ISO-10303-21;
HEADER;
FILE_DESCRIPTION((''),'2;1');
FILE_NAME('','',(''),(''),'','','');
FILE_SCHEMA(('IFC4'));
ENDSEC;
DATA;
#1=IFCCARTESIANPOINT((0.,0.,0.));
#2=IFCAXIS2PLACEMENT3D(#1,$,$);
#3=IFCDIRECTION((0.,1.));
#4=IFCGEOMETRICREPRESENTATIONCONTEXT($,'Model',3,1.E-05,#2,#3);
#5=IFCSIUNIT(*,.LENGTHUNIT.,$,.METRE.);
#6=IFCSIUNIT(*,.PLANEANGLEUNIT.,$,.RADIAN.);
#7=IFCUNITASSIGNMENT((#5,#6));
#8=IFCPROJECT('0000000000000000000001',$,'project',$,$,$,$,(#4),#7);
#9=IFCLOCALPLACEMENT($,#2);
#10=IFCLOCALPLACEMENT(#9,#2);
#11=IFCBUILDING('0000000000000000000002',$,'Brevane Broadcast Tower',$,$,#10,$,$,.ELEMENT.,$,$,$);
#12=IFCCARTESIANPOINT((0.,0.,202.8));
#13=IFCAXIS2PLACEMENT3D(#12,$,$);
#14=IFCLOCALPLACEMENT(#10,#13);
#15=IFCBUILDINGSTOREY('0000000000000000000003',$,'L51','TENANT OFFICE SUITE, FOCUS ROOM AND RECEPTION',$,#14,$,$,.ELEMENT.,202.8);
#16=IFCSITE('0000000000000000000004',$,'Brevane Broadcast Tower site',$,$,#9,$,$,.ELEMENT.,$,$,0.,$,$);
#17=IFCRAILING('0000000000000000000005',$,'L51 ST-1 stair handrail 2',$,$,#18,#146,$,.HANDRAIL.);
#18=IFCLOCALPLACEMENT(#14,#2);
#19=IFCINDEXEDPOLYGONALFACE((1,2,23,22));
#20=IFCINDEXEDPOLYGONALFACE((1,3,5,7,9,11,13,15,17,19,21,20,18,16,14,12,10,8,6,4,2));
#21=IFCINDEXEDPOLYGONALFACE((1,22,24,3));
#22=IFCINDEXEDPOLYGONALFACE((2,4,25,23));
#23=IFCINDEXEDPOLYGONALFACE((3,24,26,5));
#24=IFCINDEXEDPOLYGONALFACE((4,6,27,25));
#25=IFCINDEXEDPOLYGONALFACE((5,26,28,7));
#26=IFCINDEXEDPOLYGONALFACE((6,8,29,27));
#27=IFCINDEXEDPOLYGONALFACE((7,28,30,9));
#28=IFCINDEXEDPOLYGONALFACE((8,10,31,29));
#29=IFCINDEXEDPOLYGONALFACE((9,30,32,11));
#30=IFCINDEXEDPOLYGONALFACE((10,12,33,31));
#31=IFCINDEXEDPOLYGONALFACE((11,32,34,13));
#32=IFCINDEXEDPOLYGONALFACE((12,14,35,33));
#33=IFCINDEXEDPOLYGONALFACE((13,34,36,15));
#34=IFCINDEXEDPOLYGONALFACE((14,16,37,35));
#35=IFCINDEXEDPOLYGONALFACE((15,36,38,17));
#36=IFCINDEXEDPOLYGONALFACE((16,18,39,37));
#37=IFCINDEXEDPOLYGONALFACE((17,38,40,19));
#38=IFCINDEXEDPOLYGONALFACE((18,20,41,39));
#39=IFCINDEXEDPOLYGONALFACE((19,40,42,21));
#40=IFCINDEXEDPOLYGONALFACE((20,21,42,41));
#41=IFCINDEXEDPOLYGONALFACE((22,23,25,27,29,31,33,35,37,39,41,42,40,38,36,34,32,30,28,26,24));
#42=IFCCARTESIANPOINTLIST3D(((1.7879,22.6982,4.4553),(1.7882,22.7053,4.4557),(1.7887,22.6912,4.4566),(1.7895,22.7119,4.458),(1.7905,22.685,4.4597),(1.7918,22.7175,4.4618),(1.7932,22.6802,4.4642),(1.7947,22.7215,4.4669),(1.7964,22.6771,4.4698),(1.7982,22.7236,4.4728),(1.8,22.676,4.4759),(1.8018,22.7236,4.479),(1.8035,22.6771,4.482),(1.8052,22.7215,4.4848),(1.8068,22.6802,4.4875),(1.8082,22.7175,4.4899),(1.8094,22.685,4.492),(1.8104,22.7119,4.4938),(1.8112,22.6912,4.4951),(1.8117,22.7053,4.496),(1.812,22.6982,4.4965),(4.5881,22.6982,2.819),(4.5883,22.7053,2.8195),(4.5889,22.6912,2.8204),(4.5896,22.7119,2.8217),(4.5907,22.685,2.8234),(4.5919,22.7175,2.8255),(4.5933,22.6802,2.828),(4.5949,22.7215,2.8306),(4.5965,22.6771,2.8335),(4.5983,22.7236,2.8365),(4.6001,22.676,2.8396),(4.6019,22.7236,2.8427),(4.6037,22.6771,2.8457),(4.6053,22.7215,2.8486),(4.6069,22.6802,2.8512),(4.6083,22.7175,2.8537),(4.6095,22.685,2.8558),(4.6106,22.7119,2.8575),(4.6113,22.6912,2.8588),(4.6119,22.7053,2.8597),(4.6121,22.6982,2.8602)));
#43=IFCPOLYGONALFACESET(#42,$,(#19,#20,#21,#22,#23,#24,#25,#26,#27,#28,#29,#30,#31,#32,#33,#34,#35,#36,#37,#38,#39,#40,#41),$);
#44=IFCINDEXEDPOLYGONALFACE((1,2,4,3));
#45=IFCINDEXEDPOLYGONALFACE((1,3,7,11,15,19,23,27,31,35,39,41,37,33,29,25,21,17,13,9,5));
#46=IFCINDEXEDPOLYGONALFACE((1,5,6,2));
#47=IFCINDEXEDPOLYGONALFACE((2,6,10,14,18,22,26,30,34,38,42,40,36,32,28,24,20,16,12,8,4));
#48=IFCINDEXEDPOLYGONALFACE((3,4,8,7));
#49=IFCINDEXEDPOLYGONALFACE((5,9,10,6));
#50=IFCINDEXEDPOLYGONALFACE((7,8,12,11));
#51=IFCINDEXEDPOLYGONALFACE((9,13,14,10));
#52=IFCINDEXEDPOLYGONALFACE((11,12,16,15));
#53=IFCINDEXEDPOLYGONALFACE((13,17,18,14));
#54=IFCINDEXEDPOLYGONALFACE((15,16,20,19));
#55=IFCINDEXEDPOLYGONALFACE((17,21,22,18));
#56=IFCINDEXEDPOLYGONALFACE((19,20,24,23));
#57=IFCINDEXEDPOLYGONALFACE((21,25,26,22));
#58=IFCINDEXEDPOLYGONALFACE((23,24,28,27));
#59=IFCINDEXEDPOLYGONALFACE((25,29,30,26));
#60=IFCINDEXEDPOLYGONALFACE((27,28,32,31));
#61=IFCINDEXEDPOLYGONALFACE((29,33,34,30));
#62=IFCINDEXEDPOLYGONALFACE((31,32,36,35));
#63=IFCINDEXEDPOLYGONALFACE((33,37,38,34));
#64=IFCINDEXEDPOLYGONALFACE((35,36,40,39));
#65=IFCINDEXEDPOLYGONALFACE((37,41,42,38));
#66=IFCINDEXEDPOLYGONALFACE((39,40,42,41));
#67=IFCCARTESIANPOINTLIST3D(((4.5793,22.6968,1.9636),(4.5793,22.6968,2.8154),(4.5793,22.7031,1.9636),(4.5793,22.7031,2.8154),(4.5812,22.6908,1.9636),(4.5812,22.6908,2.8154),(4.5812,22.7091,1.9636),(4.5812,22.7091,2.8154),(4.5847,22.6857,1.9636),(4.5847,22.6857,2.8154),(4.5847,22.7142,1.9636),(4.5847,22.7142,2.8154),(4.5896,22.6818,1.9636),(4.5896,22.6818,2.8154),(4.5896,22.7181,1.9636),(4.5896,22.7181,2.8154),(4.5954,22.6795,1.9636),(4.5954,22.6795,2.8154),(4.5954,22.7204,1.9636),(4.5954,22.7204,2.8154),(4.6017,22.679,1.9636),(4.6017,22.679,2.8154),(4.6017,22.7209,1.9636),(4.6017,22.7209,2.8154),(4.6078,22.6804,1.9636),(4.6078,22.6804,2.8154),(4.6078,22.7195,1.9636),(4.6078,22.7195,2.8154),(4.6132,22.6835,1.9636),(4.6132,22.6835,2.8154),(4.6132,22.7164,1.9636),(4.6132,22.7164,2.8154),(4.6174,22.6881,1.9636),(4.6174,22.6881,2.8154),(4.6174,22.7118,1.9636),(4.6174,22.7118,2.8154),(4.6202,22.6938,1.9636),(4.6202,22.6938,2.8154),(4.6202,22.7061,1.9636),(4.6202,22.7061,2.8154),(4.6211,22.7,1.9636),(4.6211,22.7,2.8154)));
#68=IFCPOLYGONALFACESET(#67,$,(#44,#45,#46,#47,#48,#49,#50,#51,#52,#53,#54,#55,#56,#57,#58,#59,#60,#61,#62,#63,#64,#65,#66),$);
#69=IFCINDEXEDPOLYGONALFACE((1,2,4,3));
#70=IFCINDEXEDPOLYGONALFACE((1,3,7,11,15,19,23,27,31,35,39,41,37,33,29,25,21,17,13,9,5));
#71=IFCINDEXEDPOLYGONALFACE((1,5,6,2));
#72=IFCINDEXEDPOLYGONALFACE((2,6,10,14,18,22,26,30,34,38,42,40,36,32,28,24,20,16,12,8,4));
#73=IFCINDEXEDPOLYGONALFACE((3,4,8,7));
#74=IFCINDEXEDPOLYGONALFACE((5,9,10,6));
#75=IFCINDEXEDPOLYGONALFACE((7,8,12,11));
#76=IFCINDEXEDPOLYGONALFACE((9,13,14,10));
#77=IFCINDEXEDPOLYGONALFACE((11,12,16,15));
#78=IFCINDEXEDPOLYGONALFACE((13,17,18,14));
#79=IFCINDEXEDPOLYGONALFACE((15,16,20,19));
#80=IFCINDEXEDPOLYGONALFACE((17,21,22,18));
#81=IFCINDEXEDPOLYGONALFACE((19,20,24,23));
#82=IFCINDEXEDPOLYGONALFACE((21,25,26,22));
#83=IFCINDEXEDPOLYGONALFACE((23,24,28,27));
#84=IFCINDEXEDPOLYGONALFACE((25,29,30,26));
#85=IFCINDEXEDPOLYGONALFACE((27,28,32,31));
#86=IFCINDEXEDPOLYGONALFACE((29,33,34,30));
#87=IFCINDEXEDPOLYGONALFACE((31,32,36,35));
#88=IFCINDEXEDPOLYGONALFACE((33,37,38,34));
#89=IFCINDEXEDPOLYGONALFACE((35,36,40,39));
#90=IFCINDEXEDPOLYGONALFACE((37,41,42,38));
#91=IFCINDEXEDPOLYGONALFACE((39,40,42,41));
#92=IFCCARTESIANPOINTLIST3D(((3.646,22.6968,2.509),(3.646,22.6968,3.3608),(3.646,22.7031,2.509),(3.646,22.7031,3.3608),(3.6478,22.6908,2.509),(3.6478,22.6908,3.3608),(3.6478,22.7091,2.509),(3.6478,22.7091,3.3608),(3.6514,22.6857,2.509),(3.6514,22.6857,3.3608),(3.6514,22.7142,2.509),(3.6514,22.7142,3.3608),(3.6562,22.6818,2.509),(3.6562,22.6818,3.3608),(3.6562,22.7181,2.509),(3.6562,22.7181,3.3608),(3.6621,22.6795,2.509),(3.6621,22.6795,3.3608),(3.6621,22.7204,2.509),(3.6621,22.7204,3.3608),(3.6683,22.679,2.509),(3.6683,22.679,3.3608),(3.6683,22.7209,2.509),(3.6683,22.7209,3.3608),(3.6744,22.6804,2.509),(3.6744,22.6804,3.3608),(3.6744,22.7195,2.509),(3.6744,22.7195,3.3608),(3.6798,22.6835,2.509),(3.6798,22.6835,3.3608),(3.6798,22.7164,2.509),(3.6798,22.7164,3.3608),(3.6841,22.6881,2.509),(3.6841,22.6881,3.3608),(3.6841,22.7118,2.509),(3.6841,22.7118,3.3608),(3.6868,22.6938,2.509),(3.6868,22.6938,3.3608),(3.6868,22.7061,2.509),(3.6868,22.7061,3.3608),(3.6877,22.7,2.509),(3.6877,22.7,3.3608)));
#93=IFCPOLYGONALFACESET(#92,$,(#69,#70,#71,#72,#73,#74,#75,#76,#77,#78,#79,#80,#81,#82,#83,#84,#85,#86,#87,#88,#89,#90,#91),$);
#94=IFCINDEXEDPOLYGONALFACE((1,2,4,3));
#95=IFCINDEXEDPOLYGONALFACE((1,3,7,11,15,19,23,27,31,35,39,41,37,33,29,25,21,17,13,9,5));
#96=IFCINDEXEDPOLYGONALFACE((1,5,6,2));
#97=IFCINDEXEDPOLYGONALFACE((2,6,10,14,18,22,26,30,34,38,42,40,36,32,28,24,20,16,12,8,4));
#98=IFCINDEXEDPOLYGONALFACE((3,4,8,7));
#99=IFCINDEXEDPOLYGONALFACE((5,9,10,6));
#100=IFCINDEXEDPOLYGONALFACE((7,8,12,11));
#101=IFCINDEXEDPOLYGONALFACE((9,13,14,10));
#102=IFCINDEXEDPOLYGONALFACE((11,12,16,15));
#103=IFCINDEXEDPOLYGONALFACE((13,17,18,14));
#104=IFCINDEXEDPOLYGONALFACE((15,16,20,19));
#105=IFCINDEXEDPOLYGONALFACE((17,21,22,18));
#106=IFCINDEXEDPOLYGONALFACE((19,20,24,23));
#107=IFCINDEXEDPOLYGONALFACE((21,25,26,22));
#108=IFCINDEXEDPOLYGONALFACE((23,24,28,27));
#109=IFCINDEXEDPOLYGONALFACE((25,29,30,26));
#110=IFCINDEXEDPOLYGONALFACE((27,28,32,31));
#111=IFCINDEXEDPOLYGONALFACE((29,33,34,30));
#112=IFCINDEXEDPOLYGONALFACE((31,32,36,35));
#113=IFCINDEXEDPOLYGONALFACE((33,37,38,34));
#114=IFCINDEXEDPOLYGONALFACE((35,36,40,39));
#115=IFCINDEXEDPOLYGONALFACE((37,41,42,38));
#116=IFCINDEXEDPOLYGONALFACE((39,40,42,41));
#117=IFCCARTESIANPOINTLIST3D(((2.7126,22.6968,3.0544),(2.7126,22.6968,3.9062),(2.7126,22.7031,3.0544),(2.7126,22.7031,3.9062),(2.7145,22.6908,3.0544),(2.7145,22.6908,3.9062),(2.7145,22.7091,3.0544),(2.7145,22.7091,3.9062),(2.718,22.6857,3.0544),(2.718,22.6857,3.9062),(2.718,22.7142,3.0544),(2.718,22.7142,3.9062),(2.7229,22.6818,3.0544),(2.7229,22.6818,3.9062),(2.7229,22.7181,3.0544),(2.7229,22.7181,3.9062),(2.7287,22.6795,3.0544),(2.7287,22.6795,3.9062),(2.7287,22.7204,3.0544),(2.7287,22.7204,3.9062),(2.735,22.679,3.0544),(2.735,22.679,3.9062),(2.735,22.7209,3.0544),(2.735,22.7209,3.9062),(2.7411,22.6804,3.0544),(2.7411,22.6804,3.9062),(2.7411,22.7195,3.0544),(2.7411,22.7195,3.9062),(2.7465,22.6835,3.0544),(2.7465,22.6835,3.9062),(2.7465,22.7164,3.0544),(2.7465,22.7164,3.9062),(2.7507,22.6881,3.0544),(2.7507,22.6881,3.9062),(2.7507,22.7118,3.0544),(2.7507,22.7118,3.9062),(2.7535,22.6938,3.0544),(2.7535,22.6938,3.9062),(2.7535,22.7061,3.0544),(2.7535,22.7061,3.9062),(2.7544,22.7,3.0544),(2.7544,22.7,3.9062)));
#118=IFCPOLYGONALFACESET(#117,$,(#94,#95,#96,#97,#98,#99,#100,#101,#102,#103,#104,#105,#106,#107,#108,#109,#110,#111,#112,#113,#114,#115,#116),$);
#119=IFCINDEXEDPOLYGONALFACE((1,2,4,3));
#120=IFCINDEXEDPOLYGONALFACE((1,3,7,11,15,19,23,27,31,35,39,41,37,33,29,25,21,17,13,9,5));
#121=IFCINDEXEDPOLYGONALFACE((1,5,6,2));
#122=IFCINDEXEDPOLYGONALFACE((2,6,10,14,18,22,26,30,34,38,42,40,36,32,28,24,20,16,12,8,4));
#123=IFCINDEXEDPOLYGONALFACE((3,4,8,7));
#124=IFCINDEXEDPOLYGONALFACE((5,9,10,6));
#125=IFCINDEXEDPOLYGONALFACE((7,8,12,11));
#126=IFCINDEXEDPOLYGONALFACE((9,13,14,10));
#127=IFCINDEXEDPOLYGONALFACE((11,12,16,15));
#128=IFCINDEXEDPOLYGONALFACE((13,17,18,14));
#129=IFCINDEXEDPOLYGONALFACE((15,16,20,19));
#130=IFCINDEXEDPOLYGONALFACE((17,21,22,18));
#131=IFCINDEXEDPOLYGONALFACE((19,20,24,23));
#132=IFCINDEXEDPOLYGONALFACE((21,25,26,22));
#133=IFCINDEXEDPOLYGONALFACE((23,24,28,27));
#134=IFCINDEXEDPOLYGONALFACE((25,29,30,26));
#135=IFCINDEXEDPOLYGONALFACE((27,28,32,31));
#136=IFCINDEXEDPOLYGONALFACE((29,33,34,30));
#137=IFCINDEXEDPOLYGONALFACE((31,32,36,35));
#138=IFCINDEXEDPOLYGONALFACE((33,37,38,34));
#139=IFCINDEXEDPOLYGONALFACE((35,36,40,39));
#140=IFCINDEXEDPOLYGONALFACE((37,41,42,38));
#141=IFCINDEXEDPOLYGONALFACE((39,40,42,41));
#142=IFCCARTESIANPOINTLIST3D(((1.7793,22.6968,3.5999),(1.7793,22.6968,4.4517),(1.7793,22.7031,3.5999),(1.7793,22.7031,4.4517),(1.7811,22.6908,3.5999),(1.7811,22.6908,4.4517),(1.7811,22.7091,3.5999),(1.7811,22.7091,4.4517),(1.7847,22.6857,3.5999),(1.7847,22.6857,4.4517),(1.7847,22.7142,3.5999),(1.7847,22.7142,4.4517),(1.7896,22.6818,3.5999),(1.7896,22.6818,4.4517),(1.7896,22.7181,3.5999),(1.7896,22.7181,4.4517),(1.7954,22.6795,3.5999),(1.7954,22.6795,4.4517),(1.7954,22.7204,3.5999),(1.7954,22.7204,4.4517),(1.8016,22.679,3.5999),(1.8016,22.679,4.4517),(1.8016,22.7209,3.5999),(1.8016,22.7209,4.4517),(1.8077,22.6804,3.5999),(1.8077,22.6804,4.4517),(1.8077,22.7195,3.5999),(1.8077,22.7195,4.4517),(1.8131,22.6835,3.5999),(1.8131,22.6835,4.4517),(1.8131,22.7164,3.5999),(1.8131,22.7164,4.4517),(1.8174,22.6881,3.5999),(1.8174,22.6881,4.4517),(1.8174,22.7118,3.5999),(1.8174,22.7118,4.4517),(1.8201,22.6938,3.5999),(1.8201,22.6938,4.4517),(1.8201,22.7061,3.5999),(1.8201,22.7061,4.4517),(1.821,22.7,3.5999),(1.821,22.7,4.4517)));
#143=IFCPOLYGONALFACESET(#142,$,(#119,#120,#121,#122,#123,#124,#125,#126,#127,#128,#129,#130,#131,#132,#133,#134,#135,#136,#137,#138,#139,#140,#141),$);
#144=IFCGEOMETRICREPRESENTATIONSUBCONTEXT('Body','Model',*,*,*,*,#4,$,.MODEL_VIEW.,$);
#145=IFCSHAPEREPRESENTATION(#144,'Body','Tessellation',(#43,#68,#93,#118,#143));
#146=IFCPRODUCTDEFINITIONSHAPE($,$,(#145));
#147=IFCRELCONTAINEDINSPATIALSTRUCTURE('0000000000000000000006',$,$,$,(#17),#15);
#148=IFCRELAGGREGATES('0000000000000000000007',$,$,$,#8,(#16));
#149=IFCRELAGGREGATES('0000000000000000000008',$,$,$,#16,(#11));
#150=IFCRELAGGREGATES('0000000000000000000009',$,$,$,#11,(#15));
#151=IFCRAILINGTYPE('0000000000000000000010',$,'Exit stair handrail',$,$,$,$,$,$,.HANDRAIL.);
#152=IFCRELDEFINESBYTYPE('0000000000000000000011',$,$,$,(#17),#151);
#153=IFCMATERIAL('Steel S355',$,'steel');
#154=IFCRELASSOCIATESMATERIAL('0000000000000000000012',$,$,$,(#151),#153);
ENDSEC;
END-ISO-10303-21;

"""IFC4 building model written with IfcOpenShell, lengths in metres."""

from ifc_helpers import new_model, si_unit, direction, frame, origin, origin_2d, place, context, subcontext, project, spatial, circle, extrude, material, type_object, element, save


model = new_model("IFC4")

# Units and contexts
model_context = context("Model", 3, precision=1e-05, world=origin(), true_north=direction((0.0, 1.0)))
body_context = subcontext(model_context, "Body", "Model", "MODEL_VIEW")
ifc_project = project(units=[si_unit("LENGTHUNIT", "METRE"), si_unit("PLANEANGLEUNIT", "RADIAN")], contexts=[model_context])

# Site, building, storey
site_placement = place(None, origin())
site = spatial("IfcSite", under=ifc_project, at=site_placement, Name="Brevane Broadcast Tower site", CompositionType="ELEMENT", RefElevation=0.0)
building_placement = place(site_placement, origin())
building = spatial("IfcBuilding", under=site, at=building_placement, Name="Brevane Broadcast Tower", CompositionType="ELEMENT")
storey_placement = place(building_placement, frame((0.0, 0.0, 202.8)))
storey = spatial("IfcBuildingStorey", under=building, at=storey_placement, Name="L51", Description="TENANT OFFICE SUITE, FOCUS ROOM AND RECEPTION", CompositionType="ELEMENT", Elevation=202.8)

# Railing
ifc_material_1 = material(Name="Steel S355", Category="steel")
railing_type_1 = type_object("IfcRailingType", Name="Exit stair handrail", PredefinedType="HANDRAIL", material=ifc_material_1)
railing_1_placement = place(storey_placement, frame((4.6001, 22.7, 1.9636)))
element("IfcRailing", 1, at=railing_1_placement, inside=storey, type_object=railing_type_1, Name="L51 ST-1 stair handrail 2", PredefinedType="HANDRAIL", context=body_context, shape_type="SweptSolid", body=[
    extrude(circle(Radius=0.0239, at=origin_2d()), frame((0.0, 0.0, 0.876), z_axis=(-0.863394, 0.0, 0.504531), x_axis=(0.0, -1.0, 0.0)), (0.0, 0.0, 1.0), 3.2432),
    extrude(circle(Radius=0.021, at=origin_2d()), origin(), (0.0, 0.0, 1.0), 0.8518),
    extrude(circle(Radius=0.021, at=origin_2d()), frame((-0.9333, 0.0, 0.5454)), (0.0, 0.0, 1.0), 0.8518),
    extrude(circle(Radius=0.021, at=origin_2d()), frame((-1.8667, 0.0, 1.0908)), (0.0, 0.0, 1.0), 0.8518),
    extrude(circle(Radius=0.021, at=origin_2d()), frame((-2.8, 0.0, 1.6362)), (0.0, 0.0, 1.0), 0.8518),
])

save(model, "model.ifc")
